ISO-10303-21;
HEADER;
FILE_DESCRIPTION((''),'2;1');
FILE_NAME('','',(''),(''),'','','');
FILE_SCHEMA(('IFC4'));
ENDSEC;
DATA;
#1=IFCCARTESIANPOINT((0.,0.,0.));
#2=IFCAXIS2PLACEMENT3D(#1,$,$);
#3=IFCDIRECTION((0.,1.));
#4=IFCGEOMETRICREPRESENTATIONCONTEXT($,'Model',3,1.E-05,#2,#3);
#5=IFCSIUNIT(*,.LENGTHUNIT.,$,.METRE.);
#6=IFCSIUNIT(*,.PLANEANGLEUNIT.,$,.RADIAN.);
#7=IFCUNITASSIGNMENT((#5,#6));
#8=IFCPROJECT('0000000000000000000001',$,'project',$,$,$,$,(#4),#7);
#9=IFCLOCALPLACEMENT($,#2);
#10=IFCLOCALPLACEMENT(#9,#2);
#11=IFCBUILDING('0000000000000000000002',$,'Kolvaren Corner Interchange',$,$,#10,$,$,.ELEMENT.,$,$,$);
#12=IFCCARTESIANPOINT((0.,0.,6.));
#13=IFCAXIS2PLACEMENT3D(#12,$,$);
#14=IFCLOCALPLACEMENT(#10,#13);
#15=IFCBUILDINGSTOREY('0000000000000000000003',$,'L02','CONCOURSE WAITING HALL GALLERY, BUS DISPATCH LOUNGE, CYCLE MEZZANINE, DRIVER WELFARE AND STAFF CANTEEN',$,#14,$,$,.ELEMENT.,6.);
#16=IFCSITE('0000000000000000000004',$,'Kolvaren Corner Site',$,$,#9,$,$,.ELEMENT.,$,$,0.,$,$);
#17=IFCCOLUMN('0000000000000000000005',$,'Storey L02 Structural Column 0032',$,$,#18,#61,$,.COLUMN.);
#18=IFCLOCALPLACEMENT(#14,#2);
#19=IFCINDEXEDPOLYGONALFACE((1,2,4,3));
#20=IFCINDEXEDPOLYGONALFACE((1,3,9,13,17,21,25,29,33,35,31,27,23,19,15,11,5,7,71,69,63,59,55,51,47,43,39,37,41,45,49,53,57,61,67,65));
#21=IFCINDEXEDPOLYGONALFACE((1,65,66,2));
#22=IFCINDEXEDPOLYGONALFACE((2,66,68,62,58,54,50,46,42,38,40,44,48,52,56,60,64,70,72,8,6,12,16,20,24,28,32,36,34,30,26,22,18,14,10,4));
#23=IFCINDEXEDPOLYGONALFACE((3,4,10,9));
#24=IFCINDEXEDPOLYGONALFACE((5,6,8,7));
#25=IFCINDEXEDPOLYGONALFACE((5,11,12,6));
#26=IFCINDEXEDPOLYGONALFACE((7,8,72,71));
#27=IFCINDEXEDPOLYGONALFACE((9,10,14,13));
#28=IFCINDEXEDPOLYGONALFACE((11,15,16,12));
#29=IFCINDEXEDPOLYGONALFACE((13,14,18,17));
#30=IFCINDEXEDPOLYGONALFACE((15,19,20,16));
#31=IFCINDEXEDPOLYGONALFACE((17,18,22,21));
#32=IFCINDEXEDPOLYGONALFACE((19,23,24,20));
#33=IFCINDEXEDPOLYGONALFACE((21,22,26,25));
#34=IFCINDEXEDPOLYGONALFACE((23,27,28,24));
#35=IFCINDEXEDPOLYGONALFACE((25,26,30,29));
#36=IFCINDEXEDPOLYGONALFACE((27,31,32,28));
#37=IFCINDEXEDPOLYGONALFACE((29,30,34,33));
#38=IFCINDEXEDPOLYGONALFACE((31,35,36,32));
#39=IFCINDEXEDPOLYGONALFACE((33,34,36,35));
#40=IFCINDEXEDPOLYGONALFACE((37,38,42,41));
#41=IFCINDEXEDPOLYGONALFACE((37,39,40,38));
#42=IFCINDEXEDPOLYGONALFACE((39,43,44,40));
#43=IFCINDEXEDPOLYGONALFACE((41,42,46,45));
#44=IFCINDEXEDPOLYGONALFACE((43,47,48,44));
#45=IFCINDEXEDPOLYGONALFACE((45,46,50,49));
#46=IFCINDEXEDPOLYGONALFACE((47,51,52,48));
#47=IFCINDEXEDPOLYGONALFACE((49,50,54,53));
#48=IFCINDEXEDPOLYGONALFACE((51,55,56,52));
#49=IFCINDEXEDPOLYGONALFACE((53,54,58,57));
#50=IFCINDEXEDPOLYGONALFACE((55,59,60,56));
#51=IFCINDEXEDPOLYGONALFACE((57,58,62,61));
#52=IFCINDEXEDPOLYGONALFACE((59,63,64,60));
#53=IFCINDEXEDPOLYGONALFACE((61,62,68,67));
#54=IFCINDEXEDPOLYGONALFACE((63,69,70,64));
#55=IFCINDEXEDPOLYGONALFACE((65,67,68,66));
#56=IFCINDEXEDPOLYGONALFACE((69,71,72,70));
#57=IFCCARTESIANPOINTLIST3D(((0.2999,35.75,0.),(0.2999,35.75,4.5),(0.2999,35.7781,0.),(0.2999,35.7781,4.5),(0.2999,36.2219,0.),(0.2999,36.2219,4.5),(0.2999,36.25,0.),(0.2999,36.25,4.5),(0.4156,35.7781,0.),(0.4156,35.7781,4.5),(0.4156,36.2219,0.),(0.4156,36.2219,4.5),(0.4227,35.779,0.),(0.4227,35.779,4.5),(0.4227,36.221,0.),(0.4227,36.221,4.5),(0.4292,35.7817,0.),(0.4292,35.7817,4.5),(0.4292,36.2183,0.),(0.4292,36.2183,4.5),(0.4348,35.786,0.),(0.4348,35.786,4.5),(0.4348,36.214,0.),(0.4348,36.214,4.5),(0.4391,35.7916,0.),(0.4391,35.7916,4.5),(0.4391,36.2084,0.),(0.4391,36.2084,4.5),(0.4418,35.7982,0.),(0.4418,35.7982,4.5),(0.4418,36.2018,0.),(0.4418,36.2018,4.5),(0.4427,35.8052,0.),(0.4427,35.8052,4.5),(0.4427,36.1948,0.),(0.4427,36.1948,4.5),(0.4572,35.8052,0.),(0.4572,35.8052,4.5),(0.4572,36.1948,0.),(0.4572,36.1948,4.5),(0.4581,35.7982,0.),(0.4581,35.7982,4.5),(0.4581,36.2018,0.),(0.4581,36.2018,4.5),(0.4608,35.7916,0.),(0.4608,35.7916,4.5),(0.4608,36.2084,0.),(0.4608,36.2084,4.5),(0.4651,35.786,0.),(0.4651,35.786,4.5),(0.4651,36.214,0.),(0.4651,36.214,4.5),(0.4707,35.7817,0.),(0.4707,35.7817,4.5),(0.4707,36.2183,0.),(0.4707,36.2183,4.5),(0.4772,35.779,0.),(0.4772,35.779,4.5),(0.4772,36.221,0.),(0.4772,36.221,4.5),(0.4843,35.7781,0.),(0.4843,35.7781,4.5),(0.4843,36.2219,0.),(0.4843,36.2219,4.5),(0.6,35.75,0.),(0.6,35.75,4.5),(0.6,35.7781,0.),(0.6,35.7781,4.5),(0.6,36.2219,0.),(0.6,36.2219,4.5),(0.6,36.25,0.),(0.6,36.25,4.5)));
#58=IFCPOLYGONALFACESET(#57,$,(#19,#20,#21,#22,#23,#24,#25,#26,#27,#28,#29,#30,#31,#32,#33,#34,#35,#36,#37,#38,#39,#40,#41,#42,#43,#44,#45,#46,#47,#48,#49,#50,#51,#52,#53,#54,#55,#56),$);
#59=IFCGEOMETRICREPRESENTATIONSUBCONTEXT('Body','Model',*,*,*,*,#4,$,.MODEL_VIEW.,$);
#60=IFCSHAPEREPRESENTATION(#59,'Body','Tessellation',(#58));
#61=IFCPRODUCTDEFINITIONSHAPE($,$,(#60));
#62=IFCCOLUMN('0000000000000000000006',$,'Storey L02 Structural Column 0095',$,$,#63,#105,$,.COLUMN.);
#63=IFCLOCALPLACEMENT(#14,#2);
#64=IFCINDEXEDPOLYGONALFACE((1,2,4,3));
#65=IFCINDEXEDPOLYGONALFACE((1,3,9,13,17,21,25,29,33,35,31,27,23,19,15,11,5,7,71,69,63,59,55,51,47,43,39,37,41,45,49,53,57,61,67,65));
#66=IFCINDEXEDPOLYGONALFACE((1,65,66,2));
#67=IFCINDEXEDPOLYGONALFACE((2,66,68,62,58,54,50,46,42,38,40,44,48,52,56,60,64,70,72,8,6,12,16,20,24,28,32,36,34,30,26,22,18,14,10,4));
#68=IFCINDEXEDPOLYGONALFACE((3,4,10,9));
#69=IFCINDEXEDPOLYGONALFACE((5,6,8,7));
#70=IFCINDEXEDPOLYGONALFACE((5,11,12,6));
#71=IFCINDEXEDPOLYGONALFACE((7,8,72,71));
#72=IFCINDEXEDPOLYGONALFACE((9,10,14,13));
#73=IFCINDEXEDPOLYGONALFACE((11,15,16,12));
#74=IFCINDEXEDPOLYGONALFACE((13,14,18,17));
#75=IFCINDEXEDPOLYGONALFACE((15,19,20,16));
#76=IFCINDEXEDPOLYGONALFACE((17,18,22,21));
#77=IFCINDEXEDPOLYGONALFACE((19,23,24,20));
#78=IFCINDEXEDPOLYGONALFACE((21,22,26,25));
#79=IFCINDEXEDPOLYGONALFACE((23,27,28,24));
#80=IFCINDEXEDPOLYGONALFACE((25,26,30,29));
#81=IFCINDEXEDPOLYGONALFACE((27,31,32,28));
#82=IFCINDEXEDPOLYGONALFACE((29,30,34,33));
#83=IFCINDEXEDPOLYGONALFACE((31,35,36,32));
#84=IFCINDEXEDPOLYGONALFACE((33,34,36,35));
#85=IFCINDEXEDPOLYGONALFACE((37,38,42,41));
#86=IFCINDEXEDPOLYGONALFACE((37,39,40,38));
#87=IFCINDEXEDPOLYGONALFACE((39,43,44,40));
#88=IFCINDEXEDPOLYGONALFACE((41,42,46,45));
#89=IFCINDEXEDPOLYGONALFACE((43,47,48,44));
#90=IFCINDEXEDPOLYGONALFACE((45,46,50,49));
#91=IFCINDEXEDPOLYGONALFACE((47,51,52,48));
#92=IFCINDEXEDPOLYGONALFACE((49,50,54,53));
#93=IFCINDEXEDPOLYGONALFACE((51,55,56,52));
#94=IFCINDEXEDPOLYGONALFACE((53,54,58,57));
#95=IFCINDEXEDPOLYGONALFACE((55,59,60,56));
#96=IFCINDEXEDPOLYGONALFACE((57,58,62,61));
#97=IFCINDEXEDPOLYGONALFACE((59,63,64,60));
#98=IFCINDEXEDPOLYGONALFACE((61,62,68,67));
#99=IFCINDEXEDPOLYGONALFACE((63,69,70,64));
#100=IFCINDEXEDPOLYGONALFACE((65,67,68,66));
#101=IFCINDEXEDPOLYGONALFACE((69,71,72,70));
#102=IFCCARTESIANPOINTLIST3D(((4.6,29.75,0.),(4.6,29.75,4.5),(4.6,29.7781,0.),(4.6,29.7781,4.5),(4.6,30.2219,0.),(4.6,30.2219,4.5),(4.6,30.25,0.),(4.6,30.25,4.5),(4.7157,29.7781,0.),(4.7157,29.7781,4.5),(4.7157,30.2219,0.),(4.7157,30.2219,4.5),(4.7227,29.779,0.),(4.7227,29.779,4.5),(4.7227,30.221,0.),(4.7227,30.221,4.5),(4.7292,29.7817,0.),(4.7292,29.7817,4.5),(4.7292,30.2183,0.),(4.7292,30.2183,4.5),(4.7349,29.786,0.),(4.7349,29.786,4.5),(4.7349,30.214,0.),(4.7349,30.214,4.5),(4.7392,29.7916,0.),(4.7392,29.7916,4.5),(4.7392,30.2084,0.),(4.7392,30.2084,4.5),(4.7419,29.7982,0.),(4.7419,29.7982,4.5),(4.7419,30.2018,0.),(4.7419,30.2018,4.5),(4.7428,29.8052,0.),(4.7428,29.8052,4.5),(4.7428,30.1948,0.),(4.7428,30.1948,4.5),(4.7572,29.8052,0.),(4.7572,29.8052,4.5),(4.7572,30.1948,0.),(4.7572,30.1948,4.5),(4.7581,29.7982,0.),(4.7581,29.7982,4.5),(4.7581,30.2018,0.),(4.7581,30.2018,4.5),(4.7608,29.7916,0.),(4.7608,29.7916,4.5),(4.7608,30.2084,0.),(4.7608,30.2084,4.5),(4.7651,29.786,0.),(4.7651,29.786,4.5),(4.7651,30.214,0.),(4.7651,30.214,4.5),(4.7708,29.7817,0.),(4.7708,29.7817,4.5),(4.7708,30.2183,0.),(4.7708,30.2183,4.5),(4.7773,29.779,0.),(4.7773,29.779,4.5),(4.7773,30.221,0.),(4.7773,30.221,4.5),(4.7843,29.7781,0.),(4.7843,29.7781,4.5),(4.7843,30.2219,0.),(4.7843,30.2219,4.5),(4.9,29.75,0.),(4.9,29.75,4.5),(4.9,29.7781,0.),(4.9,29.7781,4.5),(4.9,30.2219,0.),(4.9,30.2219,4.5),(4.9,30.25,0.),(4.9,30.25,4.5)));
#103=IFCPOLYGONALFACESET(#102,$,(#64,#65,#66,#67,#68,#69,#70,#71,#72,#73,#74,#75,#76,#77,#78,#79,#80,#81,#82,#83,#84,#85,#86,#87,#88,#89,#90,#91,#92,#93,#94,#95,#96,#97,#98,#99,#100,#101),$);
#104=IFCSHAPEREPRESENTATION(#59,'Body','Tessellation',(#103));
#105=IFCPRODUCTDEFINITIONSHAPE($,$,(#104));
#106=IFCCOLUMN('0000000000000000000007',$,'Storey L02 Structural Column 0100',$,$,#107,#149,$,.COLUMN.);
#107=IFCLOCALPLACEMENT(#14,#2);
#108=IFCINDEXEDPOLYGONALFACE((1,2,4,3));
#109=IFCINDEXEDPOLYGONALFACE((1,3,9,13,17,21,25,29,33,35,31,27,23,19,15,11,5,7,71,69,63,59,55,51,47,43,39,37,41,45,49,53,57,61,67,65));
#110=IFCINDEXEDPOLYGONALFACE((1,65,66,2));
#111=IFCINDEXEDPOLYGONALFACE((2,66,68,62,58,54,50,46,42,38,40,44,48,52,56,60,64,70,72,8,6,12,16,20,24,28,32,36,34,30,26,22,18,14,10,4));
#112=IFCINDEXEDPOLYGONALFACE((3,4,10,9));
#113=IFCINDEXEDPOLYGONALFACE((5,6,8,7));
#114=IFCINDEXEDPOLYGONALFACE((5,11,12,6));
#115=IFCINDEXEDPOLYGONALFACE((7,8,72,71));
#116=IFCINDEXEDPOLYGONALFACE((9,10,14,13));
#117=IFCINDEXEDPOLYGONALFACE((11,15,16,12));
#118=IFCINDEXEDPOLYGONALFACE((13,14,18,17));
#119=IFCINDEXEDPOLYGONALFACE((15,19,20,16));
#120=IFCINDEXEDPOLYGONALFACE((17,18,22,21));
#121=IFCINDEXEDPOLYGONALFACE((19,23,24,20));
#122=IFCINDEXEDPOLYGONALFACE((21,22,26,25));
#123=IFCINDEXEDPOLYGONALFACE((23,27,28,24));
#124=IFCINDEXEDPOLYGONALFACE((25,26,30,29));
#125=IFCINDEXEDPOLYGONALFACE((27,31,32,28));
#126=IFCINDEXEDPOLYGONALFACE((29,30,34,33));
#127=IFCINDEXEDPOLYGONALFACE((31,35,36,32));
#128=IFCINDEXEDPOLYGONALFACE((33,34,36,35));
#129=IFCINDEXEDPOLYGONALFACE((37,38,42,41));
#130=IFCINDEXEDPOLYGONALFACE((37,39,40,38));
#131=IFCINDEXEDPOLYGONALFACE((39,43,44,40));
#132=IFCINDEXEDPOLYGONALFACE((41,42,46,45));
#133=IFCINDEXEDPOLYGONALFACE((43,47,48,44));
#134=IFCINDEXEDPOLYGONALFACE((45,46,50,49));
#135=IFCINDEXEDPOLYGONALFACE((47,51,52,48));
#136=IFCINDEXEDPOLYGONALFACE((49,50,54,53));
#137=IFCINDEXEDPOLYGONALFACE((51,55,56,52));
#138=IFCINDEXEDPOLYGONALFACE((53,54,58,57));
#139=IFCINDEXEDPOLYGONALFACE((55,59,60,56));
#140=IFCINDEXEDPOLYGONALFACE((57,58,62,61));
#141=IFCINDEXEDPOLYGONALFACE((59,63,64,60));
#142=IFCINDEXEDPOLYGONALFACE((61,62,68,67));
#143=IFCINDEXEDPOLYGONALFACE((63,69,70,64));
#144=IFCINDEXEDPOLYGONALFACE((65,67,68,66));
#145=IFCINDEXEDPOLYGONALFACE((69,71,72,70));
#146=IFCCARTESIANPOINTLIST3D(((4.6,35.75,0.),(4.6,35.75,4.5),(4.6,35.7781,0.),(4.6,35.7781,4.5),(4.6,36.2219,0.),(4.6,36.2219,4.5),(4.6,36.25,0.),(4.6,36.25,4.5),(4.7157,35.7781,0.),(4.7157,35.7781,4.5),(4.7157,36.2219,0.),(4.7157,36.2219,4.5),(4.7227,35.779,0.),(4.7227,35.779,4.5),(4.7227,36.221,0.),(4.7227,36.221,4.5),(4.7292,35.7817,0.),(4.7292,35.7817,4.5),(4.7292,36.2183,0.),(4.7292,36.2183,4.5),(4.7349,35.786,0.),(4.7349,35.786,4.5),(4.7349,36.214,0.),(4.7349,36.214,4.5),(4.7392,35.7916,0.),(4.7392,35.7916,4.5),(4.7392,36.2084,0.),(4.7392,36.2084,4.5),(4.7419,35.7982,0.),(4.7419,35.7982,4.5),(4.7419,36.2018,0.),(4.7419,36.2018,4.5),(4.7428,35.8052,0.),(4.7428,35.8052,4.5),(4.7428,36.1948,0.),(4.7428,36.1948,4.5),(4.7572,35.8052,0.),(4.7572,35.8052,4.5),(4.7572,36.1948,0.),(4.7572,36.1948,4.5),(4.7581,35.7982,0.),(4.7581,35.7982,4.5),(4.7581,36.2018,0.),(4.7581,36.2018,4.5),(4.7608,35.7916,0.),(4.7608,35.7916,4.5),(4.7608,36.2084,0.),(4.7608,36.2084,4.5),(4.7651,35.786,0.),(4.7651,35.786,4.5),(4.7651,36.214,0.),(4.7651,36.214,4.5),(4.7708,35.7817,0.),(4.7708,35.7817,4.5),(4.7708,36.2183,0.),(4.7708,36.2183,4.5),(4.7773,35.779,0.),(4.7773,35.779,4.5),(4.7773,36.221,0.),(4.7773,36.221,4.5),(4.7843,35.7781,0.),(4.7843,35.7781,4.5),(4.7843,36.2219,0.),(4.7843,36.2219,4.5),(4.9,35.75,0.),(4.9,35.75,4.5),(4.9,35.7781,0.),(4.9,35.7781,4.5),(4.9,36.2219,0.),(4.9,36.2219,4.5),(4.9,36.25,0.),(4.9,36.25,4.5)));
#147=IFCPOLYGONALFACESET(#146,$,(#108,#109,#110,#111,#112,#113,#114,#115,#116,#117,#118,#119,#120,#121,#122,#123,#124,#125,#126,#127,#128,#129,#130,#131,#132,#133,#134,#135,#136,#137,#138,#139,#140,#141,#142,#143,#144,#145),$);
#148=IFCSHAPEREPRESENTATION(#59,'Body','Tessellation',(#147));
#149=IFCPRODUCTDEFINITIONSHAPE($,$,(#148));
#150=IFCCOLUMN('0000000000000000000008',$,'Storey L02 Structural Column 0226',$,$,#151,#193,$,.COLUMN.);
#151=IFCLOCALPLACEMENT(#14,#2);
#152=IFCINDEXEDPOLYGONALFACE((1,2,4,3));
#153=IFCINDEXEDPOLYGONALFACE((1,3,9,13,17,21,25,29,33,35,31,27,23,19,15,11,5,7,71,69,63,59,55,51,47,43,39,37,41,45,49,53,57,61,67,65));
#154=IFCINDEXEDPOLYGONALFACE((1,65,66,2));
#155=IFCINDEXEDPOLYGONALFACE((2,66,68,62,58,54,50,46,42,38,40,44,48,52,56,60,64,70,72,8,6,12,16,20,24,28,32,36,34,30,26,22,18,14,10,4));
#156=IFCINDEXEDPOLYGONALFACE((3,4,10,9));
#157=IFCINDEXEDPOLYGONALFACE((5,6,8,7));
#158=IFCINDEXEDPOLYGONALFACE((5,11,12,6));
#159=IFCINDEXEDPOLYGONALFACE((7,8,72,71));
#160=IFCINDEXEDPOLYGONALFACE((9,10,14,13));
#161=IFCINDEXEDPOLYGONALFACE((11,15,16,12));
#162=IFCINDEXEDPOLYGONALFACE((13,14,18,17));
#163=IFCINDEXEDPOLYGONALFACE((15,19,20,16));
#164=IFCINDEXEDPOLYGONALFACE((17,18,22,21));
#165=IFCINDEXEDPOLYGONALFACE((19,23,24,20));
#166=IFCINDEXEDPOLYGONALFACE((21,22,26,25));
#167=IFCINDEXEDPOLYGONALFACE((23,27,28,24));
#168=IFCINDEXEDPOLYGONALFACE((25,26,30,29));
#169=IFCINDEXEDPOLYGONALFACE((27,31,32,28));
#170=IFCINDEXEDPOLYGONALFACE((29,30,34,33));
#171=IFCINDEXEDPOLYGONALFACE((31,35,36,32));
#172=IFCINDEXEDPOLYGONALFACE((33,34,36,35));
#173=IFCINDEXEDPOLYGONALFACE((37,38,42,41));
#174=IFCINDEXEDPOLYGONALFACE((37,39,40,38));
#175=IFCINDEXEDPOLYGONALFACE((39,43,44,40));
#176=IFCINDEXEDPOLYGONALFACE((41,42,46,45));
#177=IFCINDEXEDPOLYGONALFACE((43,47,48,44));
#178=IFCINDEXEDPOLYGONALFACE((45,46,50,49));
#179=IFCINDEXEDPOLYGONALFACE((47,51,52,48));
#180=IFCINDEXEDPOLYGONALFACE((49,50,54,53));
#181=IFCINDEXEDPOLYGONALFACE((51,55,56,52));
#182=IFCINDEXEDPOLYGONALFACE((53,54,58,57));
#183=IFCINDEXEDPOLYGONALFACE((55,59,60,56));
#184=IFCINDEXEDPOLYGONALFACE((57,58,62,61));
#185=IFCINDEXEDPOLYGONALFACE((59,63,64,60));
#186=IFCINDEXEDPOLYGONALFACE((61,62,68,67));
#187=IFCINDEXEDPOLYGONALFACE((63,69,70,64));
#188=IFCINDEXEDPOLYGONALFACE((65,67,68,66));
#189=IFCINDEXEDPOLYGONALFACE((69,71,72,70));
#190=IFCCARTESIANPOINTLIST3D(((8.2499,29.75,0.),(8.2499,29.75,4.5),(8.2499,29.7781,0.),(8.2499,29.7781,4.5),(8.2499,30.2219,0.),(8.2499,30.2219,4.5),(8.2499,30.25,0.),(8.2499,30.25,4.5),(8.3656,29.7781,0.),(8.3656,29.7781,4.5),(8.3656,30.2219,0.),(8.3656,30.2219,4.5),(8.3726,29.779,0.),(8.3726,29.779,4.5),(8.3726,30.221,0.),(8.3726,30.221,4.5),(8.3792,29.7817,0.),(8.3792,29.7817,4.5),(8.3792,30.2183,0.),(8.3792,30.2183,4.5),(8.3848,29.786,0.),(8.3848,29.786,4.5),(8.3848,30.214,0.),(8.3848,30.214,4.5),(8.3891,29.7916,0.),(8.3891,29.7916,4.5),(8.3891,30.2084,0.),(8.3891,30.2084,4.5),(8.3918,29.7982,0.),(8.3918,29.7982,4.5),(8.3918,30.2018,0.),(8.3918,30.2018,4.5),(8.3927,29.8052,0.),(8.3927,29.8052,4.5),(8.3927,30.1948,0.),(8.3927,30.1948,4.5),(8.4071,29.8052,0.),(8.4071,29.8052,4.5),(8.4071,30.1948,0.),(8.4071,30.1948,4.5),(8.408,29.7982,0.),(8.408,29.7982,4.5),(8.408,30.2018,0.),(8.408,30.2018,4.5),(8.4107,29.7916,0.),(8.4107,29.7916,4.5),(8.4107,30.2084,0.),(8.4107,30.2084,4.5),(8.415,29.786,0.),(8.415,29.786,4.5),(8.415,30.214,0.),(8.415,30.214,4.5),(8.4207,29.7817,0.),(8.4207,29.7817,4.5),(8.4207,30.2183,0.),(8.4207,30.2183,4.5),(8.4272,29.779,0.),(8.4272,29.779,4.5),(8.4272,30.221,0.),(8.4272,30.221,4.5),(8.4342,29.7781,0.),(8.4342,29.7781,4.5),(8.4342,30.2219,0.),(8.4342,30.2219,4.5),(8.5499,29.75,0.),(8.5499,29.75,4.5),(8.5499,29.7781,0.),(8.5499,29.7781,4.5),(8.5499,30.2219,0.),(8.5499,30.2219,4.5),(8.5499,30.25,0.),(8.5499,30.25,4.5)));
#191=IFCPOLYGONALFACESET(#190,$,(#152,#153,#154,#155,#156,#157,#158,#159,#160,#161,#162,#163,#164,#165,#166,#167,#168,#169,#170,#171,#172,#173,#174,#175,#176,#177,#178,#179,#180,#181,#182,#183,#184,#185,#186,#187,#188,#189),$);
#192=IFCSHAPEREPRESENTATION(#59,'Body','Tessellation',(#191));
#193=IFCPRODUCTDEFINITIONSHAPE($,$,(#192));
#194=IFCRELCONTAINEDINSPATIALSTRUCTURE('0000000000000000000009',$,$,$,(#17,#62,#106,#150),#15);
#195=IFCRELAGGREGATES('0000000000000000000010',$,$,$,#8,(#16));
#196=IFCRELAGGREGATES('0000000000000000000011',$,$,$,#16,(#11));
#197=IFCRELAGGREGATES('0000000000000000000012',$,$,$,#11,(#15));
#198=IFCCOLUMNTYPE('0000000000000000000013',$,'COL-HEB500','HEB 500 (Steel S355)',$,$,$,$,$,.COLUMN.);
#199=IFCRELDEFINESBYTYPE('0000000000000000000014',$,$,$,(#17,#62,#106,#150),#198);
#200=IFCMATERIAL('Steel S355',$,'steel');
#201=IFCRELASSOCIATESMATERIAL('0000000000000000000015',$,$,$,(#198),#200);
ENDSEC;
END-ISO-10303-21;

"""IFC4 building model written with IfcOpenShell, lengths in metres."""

from ifc_helpers import new_model, si_unit, direction, frame, origin, origin_2d, place, context, subcontext, project, spatial, i_section, extrude, material, material_profile, profile_set, type_object, element, save


model = new_model("IFC4")

# Units and contexts
model_context = context("Model", 3, precision=1e-05, world=origin(), true_north=direction((0.0, 1.0)))
body_context = subcontext(model_context, "Body", "Model", "MODEL_VIEW")
ifc_project = project(units=[si_unit("LENGTHUNIT", "METRE"), si_unit("PLANEANGLEUNIT", "RADIAN")], contexts=[model_context])

# Site, building, storey
site_placement = place(None, origin())
site = spatial("IfcSite", under=ifc_project, at=site_placement, Name="Kolvaren Corner Site", CompositionType="ELEMENT", RefElevation=0.0)
building_placement = place(site_placement, origin())
building = spatial("IfcBuilding", under=site, at=building_placement, Name="Kolvaren Corner Interchange", CompositionType="ELEMENT")
storey_placement = place(building_placement, frame((0.0, 0.0, 6.0)))
storey = spatial("IfcBuildingStorey", under=building, at=storey_placement, Name="L02", Description="CONCOURSE WAITING HALL GALLERY, BUS DISPATCH LOUNGE, CYCLE MEZZANINE, DRIVER WELFARE AND STAFF CANTEEN", CompositionType="ELEMENT", Elevation=6.0)

# Columns
ifc_material_1 = material(Name="Steel S355", Category="steel")
ifc_material_profile_1 = material_profile(ifc_material_1, i_section(OverallWidth=0.3, OverallDepth=0.5, WebThickness=0.0144, FlangeThickness=0.0281, FilletRadius=0.0271, at=origin_2d()), Name="HEB 500")
ifc_profile_set_1 = profile_set([ifc_material_profile_1], Name="Steel S355")
column_type = type_object("IfcColumnType", Name="COL-HEB500", Description="HEB 500 (Steel S355)", PredefinedType="COLUMN", material=ifc_profile_set_1)
for number, where, z_axis, x_axis, name in (
    (1, (0.45, 36.0, 0.0), (0.0, 0.0, 1.0), (1.0, 0.0, 0.0), "Storey L02 Structural Column 0032"),
    (2, (4.75, 30.0, 0.0), (0.0, 0.0, 1.0), (1.0, 0.0, 0.0), "Storey L02 Structural Column 0095"),
    (3, (4.75, 36.0, 0.0), (0.0, 0.0, 1.0), (1.0, 0.0, 0.0), "Storey L02 Structural Column 0100"),
    (4, (8.3999, 30.0, 0.0), (0.0, 0.0, 1.0), (1.0, 0.0, 0.0), "Storey L02 Structural Column 0226"),
):
    element("IfcColumn", number, at=place(storey_placement, frame(where, z_axis=z_axis, x_axis=x_axis)), inside=storey, type_object=column_type, Name=name, PredefinedType="COLUMN", context=body_context, shape_type="SweptSolid", body=[
        extrude(i_section(OverallWidth=0.3, OverallDepth=0.5, WebThickness=0.0144, FlangeThickness=0.0281, FilletRadius=0.0271, at=origin_2d()), origin(), (0.0, 0.0, 1.0), 4.5),
    ])

save(model, "model.ifc")
